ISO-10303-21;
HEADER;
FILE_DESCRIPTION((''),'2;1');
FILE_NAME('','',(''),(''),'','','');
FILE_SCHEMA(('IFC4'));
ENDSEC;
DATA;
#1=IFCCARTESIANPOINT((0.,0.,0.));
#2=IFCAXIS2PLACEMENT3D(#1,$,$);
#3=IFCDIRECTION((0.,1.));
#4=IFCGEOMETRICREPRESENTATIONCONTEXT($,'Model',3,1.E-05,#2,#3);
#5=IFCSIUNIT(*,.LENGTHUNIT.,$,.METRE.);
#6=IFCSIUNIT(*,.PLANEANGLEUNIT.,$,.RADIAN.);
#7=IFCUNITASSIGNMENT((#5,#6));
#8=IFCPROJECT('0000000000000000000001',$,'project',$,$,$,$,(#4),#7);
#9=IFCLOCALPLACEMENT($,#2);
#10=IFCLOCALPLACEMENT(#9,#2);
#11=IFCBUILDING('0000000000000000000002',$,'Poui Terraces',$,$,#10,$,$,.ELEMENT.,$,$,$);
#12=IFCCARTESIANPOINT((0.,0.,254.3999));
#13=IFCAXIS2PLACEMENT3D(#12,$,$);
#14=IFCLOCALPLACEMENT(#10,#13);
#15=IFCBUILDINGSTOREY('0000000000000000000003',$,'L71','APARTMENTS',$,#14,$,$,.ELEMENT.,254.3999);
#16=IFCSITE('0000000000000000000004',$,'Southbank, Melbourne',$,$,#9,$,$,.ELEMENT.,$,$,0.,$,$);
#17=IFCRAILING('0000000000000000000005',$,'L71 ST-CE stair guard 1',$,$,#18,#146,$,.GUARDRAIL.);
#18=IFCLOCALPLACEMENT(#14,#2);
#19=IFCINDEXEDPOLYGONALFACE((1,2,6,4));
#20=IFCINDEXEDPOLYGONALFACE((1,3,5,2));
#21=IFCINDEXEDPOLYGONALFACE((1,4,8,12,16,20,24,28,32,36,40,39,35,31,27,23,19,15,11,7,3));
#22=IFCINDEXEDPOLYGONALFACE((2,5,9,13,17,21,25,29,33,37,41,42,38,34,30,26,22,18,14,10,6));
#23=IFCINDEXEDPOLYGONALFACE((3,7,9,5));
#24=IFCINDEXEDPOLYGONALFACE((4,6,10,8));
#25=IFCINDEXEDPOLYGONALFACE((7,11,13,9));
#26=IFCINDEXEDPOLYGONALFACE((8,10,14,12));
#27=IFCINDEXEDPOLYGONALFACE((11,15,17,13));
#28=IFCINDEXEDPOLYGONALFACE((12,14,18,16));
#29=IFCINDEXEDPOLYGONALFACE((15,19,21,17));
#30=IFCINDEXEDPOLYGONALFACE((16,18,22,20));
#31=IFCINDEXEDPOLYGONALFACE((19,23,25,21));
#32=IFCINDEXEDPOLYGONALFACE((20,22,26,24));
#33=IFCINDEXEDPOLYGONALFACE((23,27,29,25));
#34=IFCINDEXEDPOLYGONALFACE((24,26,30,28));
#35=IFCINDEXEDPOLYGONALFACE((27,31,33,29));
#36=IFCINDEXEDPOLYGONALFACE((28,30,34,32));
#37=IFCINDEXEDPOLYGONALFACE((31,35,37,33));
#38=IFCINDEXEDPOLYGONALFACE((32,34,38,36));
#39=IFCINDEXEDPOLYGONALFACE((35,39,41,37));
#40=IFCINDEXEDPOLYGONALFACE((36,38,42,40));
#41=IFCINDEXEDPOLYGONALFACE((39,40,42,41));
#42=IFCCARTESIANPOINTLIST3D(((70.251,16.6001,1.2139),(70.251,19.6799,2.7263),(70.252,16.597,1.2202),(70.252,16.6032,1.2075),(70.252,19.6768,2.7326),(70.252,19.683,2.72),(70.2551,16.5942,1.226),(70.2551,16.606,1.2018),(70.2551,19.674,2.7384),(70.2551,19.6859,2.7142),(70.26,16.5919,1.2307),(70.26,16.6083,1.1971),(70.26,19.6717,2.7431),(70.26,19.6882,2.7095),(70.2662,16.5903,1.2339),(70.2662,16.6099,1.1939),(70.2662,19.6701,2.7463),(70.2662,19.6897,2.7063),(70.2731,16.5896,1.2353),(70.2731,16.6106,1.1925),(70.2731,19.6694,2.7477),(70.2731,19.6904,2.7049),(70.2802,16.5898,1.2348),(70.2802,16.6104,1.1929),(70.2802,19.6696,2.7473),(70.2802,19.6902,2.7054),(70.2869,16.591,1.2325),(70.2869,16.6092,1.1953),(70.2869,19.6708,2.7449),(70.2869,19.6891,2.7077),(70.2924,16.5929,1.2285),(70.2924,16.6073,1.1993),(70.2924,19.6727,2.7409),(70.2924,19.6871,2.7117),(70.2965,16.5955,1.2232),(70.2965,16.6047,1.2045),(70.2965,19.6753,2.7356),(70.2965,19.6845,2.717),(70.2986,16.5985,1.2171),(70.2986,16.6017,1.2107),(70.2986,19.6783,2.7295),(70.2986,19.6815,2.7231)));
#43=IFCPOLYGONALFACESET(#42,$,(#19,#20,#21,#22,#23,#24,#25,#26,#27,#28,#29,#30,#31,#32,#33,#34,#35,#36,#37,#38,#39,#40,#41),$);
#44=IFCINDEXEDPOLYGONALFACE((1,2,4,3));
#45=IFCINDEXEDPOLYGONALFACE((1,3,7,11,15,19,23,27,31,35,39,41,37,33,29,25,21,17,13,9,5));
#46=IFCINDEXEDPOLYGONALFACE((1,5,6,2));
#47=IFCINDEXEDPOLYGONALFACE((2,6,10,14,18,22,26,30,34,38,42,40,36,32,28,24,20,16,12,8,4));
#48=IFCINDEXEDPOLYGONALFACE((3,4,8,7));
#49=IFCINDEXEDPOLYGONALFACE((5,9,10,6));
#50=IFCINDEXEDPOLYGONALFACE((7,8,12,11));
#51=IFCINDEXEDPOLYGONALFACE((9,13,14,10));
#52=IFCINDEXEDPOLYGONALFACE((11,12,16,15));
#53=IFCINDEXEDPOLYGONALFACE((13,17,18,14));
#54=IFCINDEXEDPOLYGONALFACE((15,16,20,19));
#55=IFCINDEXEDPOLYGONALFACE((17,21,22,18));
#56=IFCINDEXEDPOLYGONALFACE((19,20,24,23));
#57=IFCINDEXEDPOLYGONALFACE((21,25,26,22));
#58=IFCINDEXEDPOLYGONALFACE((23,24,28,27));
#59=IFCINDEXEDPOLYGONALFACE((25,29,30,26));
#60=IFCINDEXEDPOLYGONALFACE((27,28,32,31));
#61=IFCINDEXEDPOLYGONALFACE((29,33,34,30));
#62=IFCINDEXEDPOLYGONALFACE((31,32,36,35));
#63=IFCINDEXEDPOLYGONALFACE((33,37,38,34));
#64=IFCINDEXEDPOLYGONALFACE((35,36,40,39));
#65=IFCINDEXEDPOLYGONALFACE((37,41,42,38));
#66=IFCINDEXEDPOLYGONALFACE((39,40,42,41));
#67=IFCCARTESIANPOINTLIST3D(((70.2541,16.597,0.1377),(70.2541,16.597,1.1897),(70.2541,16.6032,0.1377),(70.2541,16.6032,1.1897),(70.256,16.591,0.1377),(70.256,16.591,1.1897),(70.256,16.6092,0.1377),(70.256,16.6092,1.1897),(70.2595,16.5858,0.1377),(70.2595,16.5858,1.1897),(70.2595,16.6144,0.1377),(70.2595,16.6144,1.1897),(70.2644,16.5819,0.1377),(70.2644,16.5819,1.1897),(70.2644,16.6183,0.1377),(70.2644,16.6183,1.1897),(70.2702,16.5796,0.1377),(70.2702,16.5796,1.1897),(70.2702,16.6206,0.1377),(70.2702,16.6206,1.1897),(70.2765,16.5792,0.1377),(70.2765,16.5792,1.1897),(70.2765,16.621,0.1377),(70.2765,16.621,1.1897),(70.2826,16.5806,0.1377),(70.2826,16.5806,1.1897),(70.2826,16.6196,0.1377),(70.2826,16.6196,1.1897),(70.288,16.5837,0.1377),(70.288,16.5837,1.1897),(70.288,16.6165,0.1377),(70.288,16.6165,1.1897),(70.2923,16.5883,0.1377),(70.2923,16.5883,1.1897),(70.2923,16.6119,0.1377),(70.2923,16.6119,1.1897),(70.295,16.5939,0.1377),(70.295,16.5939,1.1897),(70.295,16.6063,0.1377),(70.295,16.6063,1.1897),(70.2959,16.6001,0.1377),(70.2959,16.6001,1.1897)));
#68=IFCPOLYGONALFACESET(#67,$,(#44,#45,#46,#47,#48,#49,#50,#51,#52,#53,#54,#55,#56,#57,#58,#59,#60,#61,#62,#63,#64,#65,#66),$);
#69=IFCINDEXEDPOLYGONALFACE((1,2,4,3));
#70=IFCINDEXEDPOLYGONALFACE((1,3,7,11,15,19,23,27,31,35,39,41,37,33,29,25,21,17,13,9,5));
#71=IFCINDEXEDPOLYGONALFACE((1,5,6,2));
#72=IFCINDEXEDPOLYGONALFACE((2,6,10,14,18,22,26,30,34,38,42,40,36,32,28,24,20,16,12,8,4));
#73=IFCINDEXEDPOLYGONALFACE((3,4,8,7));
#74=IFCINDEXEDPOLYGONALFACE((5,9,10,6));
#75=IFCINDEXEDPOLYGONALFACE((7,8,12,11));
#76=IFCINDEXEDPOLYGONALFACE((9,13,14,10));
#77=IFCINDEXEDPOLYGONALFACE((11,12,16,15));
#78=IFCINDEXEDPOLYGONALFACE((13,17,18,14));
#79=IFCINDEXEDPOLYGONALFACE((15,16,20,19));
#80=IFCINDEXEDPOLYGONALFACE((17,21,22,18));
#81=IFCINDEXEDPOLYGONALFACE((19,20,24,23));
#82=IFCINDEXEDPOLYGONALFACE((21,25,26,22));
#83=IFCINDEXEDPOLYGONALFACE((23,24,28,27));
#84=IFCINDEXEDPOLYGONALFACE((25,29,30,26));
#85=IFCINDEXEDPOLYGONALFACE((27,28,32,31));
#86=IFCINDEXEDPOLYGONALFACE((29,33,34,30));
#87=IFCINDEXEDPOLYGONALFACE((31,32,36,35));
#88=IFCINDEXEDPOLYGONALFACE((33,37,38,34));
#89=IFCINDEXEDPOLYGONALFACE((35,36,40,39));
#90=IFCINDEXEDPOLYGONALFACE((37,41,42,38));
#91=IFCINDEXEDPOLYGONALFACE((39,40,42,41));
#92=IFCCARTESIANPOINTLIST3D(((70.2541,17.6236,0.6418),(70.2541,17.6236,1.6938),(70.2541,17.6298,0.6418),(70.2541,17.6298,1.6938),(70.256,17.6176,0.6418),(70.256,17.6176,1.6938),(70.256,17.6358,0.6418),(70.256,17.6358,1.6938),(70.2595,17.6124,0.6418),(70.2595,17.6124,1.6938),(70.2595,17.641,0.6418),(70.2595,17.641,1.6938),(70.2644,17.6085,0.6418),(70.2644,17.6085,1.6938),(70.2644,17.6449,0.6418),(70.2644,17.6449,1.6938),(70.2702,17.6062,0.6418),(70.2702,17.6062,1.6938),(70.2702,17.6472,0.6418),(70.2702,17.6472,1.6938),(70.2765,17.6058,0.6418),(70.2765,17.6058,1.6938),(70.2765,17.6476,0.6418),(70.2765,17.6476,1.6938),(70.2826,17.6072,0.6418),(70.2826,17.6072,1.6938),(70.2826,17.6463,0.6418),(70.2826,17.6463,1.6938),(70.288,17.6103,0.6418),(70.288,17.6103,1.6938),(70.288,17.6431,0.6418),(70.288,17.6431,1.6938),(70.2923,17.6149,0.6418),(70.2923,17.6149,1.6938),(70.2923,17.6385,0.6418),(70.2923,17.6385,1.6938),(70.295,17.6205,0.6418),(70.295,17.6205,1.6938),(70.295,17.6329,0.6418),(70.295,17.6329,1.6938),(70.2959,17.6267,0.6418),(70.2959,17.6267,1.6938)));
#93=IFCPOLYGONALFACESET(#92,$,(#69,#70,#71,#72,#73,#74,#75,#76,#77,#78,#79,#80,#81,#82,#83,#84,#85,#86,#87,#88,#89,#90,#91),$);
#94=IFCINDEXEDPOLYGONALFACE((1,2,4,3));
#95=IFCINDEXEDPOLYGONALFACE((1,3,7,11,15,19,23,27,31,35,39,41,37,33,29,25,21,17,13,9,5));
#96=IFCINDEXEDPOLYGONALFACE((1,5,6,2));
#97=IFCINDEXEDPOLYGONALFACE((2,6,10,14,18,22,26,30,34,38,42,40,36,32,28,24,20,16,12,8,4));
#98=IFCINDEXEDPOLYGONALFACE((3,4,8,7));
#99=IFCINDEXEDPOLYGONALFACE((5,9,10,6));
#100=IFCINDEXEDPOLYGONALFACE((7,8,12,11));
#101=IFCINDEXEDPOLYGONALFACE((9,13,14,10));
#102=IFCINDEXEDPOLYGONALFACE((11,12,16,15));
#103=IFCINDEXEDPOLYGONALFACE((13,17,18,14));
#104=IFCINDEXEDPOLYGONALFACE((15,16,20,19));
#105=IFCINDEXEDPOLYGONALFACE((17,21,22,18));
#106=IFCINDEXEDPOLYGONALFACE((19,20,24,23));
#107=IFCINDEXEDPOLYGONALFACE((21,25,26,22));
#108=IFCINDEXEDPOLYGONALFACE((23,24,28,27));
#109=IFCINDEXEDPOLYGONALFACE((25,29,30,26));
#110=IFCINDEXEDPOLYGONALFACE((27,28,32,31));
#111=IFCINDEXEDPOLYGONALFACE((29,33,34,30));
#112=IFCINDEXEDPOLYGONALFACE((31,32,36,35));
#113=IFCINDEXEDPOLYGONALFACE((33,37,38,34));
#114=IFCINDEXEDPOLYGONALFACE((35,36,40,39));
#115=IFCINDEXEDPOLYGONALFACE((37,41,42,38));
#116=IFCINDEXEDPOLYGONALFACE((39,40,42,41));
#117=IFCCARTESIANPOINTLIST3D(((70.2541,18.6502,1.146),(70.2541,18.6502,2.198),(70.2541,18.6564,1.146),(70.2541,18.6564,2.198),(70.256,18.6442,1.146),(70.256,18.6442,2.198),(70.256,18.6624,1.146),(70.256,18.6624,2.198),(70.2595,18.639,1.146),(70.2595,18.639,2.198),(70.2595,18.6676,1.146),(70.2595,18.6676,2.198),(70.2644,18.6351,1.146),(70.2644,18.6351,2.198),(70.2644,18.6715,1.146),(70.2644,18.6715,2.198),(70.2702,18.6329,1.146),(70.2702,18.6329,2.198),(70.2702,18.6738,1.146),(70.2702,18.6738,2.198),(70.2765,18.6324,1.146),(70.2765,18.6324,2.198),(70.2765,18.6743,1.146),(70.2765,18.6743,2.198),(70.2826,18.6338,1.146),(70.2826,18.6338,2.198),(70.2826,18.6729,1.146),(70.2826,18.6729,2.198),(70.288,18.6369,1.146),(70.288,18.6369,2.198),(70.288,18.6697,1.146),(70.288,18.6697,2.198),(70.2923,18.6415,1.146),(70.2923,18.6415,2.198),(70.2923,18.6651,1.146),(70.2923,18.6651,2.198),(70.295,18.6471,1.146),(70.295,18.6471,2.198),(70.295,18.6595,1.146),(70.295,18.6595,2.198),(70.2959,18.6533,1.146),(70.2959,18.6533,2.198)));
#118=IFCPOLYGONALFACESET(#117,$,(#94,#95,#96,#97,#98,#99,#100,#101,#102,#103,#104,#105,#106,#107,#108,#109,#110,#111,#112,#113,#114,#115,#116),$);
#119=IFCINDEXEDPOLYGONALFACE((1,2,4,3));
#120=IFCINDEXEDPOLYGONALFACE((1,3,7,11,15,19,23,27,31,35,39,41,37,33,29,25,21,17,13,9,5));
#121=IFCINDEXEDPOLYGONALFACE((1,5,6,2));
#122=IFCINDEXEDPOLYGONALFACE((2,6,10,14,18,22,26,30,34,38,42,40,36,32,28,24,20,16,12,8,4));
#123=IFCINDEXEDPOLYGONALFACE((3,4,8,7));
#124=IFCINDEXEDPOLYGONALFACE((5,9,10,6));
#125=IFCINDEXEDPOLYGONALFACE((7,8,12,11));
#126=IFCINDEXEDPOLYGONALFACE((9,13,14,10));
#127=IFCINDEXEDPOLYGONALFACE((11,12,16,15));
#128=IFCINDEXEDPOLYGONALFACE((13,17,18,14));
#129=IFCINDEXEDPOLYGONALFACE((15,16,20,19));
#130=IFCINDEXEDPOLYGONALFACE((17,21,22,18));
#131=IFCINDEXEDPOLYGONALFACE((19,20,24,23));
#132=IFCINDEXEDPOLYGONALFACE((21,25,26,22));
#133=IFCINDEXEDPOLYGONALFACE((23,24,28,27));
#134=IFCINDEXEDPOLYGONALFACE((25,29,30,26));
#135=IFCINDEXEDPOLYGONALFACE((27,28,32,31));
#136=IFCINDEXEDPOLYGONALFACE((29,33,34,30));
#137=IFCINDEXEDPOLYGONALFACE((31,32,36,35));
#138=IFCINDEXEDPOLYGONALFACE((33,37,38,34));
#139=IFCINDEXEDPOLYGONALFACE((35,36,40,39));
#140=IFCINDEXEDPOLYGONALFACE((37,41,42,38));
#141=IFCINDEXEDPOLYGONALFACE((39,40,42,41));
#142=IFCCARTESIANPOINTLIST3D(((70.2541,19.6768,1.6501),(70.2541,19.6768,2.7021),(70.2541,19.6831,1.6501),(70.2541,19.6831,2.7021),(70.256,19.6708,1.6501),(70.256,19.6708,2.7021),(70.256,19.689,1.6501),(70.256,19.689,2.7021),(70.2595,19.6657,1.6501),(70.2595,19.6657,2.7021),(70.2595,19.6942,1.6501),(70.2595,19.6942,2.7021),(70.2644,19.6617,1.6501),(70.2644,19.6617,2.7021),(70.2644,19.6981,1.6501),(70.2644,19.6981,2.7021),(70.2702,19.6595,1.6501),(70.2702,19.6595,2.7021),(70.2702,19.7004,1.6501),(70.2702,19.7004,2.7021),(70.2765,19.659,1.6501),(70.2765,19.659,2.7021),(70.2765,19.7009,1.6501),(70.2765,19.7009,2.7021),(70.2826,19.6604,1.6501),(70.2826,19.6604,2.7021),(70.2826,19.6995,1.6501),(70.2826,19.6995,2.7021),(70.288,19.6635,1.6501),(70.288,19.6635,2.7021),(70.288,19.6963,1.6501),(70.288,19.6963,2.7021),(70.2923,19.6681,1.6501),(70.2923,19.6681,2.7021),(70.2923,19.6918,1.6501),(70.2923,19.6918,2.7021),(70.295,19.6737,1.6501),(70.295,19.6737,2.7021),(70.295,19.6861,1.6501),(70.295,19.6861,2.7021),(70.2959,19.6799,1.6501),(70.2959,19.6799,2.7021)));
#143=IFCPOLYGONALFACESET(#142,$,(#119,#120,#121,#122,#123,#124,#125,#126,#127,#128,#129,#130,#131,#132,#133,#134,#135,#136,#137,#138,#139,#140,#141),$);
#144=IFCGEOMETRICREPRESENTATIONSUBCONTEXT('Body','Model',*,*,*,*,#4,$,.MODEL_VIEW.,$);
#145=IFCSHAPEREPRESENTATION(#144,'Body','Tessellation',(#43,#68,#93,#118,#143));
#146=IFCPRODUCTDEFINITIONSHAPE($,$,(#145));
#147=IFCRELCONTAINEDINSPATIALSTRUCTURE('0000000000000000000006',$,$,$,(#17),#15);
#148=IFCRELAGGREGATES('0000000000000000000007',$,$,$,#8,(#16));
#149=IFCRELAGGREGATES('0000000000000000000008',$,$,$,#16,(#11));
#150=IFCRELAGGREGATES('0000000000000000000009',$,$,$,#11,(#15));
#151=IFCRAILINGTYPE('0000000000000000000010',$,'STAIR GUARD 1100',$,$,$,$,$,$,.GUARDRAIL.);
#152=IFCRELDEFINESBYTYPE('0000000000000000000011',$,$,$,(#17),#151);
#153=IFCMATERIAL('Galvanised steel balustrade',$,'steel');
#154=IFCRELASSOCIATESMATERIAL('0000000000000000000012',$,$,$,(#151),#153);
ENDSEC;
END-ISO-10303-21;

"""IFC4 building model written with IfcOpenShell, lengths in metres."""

from ifc_helpers import new_model, si_unit, direction, frame, origin, origin_2d, place, context, subcontext, project, spatial, circle, extrude, material, type_object, element, save


model = new_model("IFC4")

# Units and contexts
model_context = context("Model", 3, precision=1e-05, world=origin(), true_north=direction((0.0, 1.0)))
body_context = subcontext(model_context, "Body", "Model", "MODEL_VIEW")
ifc_project = project(units=[si_unit("LENGTHUNIT", "METRE"), si_unit("PLANEANGLEUNIT", "RADIAN")], contexts=[model_context])

# Site, building, storey
site_placement = place(None, origin())
site = spatial("IfcSite", under=ifc_project, at=site_placement, Name="Southbank, Melbourne", CompositionType="ELEMENT", RefElevation=0.0)
building_placement = place(site_placement, origin())
building = spatial("IfcBuilding", under=site, at=building_placement, Name="Poui Terraces", CompositionType="ELEMENT")
storey_placement = place(building_placement, frame((0.0, 0.0, 254.3999)))
storey = spatial("IfcBuildingStorey", under=building, at=storey_placement, Name="L71", Description="APARTMENTS", CompositionType="ELEMENT", Elevation=254.3999)

# Railing
ifc_material_1 = material(Name="Galvanised steel balustrade", Category="steel")
railing_type_1 = type_object("IfcRailingType", Name="STAIR GUARD 1100", PredefinedType="GUARDRAIL", material=ifc_material_1)
railing_1_placement = place(storey_placement, frame((70.2749, 16.6001, 0.1377)))
element("IfcRailing", 1, at=railing_1_placement, inside=storey, type_object=railing_type_1, Name="L71 ST-CE stair guard 1", PredefinedType="GUARDRAIL", context=body_context, shape_type="SweptSolid", body=[
    extrude(circle(Radius=0.0239, at=origin_2d()), frame((0.0, 0.0, 1.0762), z_axis=(0.0, 0.897606, 0.440798), x_axis=(-1.0, 0.0, 0.0)), (0.0, 0.0, 1.0), 3.4312),
    extrude(circle(Radius=0.021, at=origin_2d()), origin(), (0.0, 0.0, 1.0), 1.052),
    extrude(circle(Radius=0.021, at=origin_2d()), frame((0.0, 1.0266, 0.5042)), (0.0, 0.0, 1.0), 1.052),
    extrude(circle(Radius=0.021, at=origin_2d()), frame((0.0, 2.0532, 1.0083)), (0.0, 0.0, 1.0), 1.052),
    extrude(circle(Radius=0.021, at=origin_2d()), frame((0.0, 3.0798, 1.5125)), (0.0, 0.0, 1.0), 1.052),
])

save(model, "model.ifc")
